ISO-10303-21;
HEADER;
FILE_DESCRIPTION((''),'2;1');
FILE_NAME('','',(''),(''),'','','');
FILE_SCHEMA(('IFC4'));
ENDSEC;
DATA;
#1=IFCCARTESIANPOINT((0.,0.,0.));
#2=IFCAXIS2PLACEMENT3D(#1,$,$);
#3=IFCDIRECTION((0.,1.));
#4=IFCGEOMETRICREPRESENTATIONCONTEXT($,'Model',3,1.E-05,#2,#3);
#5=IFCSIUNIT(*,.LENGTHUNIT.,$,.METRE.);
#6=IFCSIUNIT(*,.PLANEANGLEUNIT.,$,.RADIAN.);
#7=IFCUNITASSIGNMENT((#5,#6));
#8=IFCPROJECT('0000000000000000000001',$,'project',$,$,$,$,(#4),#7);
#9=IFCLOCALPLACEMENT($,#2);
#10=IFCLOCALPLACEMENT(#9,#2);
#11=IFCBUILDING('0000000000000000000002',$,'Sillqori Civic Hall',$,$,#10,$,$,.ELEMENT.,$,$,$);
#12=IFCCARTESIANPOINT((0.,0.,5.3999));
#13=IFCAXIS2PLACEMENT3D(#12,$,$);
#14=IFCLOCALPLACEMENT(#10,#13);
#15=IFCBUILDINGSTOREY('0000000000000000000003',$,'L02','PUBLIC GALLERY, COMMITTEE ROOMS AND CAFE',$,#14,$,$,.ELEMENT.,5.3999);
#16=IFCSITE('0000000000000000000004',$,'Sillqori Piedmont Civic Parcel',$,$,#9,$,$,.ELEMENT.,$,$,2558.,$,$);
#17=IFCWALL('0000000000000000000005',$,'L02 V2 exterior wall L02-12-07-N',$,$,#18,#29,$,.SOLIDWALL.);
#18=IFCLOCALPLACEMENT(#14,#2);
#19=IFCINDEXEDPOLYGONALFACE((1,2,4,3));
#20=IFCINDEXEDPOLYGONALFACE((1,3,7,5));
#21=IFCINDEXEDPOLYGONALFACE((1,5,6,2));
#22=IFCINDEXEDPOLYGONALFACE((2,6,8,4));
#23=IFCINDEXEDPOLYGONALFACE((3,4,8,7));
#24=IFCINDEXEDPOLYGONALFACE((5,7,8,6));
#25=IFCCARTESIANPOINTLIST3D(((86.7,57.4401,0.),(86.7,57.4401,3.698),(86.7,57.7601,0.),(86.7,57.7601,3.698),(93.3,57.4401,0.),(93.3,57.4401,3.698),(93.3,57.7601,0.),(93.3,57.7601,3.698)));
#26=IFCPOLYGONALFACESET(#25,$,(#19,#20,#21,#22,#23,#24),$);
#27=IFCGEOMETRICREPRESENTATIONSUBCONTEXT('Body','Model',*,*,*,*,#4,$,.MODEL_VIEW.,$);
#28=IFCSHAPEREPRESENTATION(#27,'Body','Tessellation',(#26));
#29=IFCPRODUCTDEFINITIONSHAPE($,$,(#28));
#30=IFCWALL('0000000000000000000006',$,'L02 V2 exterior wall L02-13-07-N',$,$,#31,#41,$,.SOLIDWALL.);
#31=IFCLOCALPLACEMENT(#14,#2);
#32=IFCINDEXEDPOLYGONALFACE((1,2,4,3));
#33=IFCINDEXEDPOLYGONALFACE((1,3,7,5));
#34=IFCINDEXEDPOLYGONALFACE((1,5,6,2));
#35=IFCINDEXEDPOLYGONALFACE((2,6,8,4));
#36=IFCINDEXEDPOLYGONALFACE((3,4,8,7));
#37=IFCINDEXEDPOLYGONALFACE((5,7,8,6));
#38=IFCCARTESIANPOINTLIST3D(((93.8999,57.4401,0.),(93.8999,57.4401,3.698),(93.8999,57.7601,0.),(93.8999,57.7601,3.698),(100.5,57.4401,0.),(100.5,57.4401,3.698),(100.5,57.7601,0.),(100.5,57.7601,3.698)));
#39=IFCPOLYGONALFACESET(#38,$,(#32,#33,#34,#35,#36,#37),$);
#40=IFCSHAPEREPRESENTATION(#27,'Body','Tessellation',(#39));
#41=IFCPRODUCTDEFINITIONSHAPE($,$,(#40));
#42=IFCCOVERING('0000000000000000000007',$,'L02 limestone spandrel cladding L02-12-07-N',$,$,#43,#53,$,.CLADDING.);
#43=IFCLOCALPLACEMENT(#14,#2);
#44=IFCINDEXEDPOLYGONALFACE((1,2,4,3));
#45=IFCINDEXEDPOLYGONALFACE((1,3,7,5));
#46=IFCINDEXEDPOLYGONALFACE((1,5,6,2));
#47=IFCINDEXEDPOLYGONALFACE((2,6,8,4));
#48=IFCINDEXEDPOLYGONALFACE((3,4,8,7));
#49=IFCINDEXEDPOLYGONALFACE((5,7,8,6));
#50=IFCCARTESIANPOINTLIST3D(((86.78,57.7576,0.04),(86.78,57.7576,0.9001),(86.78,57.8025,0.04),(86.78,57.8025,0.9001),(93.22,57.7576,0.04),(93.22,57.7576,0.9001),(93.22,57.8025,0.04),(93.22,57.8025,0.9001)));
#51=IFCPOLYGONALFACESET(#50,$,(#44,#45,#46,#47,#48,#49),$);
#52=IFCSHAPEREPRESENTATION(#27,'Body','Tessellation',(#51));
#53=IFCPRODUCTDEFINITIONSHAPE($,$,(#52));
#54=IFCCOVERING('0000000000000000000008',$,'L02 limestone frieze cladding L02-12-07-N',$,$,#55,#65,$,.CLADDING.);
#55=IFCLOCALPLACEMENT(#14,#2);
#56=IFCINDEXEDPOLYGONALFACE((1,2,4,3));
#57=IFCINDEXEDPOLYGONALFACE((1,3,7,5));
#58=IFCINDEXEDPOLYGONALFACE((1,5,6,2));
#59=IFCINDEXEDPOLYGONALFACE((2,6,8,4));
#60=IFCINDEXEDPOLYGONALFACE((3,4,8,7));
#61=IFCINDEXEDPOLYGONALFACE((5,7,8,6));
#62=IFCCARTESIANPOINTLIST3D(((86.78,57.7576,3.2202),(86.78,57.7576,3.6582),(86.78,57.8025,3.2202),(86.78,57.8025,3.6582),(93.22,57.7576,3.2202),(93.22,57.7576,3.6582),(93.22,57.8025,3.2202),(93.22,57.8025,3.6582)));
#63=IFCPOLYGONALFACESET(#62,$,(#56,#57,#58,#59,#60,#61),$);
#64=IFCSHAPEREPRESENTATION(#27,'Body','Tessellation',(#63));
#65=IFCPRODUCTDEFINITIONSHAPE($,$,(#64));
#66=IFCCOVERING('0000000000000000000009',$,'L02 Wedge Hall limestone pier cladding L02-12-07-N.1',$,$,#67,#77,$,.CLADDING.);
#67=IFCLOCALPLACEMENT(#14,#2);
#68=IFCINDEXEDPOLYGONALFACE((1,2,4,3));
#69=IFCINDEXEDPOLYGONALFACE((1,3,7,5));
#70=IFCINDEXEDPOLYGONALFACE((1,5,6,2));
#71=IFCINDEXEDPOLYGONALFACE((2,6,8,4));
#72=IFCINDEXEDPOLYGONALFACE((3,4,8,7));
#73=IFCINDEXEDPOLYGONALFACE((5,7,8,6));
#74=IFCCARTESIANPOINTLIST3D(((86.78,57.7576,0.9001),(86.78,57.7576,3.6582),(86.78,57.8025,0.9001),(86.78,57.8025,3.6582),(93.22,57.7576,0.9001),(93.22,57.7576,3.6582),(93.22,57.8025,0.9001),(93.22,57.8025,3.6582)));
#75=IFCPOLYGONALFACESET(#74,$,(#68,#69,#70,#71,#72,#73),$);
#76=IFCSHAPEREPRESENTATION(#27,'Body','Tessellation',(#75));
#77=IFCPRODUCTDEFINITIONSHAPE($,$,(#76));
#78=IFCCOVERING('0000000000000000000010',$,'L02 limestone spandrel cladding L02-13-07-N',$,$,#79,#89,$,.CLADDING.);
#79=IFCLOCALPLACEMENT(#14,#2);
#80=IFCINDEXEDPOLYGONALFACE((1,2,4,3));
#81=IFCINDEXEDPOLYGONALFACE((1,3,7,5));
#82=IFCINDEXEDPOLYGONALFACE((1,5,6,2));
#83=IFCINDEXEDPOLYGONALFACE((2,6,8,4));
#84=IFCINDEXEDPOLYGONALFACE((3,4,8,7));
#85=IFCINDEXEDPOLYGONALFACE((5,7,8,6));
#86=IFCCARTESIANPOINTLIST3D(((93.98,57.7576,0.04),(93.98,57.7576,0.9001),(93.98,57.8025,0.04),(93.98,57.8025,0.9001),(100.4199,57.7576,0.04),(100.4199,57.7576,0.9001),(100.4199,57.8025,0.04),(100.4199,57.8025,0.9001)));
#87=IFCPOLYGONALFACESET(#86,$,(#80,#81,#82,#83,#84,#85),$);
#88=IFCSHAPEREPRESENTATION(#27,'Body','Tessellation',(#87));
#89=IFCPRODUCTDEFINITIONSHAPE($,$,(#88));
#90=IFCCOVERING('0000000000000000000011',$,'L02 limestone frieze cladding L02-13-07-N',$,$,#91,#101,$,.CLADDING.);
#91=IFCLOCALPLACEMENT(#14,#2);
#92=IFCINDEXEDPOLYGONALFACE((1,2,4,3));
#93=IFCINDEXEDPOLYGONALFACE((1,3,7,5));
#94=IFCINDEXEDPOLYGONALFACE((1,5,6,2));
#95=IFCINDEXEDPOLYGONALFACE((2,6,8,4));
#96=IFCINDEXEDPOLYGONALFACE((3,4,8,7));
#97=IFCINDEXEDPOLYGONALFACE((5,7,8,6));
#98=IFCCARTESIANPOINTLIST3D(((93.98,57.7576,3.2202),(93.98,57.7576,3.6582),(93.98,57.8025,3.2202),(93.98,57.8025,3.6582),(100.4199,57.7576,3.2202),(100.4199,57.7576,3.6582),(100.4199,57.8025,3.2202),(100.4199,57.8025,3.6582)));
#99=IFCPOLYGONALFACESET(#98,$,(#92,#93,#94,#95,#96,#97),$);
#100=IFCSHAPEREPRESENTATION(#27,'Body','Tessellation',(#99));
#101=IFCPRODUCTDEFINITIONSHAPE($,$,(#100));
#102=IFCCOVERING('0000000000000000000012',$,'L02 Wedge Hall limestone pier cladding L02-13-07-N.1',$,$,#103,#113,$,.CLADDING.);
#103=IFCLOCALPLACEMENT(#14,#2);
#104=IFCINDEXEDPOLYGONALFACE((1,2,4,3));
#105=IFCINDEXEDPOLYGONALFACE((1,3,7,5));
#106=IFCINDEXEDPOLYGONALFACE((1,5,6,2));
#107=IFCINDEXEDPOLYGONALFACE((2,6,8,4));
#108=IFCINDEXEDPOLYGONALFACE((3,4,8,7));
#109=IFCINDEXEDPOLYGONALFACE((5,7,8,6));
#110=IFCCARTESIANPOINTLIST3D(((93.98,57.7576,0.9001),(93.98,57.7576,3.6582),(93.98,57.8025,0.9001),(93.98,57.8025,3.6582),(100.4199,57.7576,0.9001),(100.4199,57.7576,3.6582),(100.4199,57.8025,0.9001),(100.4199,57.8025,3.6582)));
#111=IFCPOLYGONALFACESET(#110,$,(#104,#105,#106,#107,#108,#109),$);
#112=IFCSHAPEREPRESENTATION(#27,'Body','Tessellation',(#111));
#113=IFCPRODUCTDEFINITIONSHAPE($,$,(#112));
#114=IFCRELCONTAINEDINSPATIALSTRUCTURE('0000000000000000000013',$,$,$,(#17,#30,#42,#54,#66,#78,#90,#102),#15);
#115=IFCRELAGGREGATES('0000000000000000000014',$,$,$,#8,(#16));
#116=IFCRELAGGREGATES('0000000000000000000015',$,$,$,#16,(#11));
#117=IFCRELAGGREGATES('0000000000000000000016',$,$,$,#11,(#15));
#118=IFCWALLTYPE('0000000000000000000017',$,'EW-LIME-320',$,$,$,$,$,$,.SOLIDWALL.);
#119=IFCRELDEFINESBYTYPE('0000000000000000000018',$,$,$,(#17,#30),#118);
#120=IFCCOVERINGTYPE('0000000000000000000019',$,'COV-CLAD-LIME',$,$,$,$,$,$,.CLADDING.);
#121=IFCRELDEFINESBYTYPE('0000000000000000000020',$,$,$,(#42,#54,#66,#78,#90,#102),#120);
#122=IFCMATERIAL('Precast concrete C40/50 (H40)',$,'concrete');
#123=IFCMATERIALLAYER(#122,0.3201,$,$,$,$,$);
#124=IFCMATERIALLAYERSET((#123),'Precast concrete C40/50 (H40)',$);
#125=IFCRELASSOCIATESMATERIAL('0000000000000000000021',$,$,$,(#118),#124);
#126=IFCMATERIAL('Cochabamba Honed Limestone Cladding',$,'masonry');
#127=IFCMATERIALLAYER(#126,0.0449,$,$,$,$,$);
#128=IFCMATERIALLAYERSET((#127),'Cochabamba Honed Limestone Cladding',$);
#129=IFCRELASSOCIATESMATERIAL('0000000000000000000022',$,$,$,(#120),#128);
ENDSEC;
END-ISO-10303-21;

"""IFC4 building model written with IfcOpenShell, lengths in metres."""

from ifc_helpers import new_model, si_unit, direction, frame, frame_2d, origin, place, context, subcontext, project, spatial, rectangle, extrude, material, layer, layer_set, type_object, element, save


model = new_model("IFC4")

# Units and contexts
model_context = context("Model", 3, precision=1e-05, world=origin(), true_north=direction((0.0, 1.0)))
body_context = subcontext(model_context, "Body", "Model", "MODEL_VIEW")
ifc_project = project(units=[si_unit("LENGTHUNIT", "METRE"), si_unit("PLANEANGLEUNIT", "RADIAN")], contexts=[model_context])

# Site, building, storey
site_placement = place(None, origin())
site = spatial("IfcSite", under=ifc_project, at=site_placement, Name="Sillqori Piedmont Civic Parcel", CompositionType="ELEMENT", RefElevation=2558.0)
building_placement = place(site_placement, origin())
building = spatial("IfcBuilding", under=site, at=building_placement, Name="Sillqori Civic Hall", CompositionType="ELEMENT")
storey_placement = place(building_placement, frame((0.0, 0.0, 5.3999)))
storey = spatial("IfcBuildingStorey", under=building, at=storey_placement, Name="L02", Description="PUBLIC GALLERY, COMMITTEE ROOMS AND CAFE", CompositionType="ELEMENT", Elevation=5.3999)

# Walls
ifc_material_1 = material(Name="Precast concrete C40/50 (H40)", Category="concrete")
ifc_layer_1 = layer(ifc_material_1, 0.3201)
ifc_layer_set_1 = layer_set([ifc_layer_1], Name="Precast concrete C40/50 (H40)")
wall_type = type_object("IfcWallType", Name="EW-LIME-320", PredefinedType="SOLIDWALL", material=ifc_layer_set_1)
for number, where, z_axis, x_axis, name in (
    (1, (86.7, 57.6001, 0.0), (0.0, 0.0, 1.0), (1.0, 0.0, 0.0), "L02 V2 exterior wall L02-12-07-N"),
    (2, (93.8999, 57.6001, 0.0), (0.0, 0.0, 1.0), (1.0, 0.0, 0.0), "L02 V2 exterior wall L02-13-07-N"),
):
    element("IfcWall", number, at=place(storey_placement, frame(where, z_axis=z_axis, x_axis=x_axis)), inside=storey, type_object=wall_type, Name=name, PredefinedType="SOLIDWALL", context=body_context, shape_type="SweptSolid", body=[
        extrude(rectangle(XDim=6.6001, YDim=0.3201, at=frame_2d((3.3, 0.0))), origin(), (0.0, 0.0, 1.0), 3.698),
    ])

# Coverings
ifc_material_2 = material(Name="Cochabamba Honed Limestone Cladding", Category="masonry")
ifc_layer_2 = layer(ifc_material_2, 0.0449)
ifc_layer_set_2 = layer_set([ifc_layer_2], Name="Cochabamba Honed Limestone Cladding")
covering_type = type_object("IfcCoveringType", Name="COV-CLAD-LIME", PredefinedType="CLADDING", material=ifc_layer_set_2)
covering_1_placement = place(storey_placement, frame((86.78, 57.78, 0.04), z_axis=(0.0, 0.0, 1.0), x_axis=(1.0, 0.0, 0.0)))
element("IfcCovering", 3, at=covering_1_placement, inside=storey, type_object=covering_type, Name="L02 limestone spandrel cladding L02-12-07-N", PredefinedType="CLADDING", context=body_context, shape_type="SweptSolid", body=[
    extrude(rectangle(XDim=6.4399, YDim=0.0449, at=frame_2d((3.22, 0.0))), origin(), (0.0, 0.0, 1.0), 0.8601),
])
covering_2_placement = place(storey_placement, frame((86.78, 57.78, 3.2202), z_axis=(0.0, 0.0, 1.0), x_axis=(1.0, 0.0, 0.0)))
element("IfcCovering", 4, at=covering_2_placement, inside=storey, type_object=covering_type, Name="L02 limestone frieze cladding L02-12-07-N", PredefinedType="CLADDING", context=body_context, shape_type="SweptSolid", body=[
    extrude(rectangle(XDim=6.4399, YDim=0.0449, at=frame_2d((3.22, 0.0))), origin(), (0.0, 0.0, 1.0), 0.438),
])
covering_3_placement = place(storey_placement, frame((86.78, 57.78, 0.9001), z_axis=(0.0, 0.0, 1.0), x_axis=(1.0, 0.0, 0.0)))
element("IfcCovering", 5, at=covering_3_placement, inside=storey, type_object=covering_type, Name="L02 Wedge Hall limestone pier cladding L02-12-07-N.1", PredefinedType="CLADDING", context=body_context, shape_type="SweptSolid", body=[
    extrude(rectangle(XDim=6.4399, YDim=0.0449, at=frame_2d((3.22, 0.0))), origin(), (0.0, 0.0, 1.0), 2.7581),
])
covering_4_placement = place(storey_placement, frame((93.98, 57.78, 0.04), z_axis=(0.0, 0.0, 1.0), x_axis=(1.0, 0.0, 0.0)))
element("IfcCovering", 6, at=covering_4_placement, inside=storey, type_object=covering_type, Name="L02 limestone spandrel cladding L02-13-07-N", PredefinedType="CLADDING", context=body_context, shape_type="SweptSolid", body=[
    extrude(rectangle(XDim=6.4399, YDim=0.0449, at=frame_2d((3.22, 0.0))), origin(), (0.0, 0.0, 1.0), 0.8601),
])
covering_5_placement = place(storey_placement, frame((93.98, 57.78, 3.2202), z_axis=(0.0, 0.0, 1.0), x_axis=(1.0, 0.0, 0.0)))
element("IfcCovering", 7, at=covering_5_placement, inside=storey, type_object=covering_type, Name="L02 limestone frieze cladding L02-13-07-N", PredefinedType="CLADDING", context=body_context, shape_type="SweptSolid", body=[
    extrude(rectangle(XDim=6.4399, YDim=0.0449, at=frame_2d((3.22, 0.0))), origin(), (0.0, 0.0, 1.0), 0.438),
])
covering_6_placement = place(storey_placement, frame((93.98, 57.78, 0.9001), z_axis=(0.0, 0.0, 1.0), x_axis=(1.0, 0.0, 0.0)))
element("IfcCovering", 8, at=covering_6_placement, inside=storey, type_object=covering_type, Name="L02 Wedge Hall limestone pier cladding L02-13-07-N.1", PredefinedType="CLADDING", context=body_context, shape_type="SweptSolid", body=[
    extrude(rectangle(XDim=6.4399, YDim=0.0449, at=frame_2d((3.22, 0.0))), origin(), (0.0, 0.0, 1.0), 2.7581),
])

save(model, "model.ifc")
